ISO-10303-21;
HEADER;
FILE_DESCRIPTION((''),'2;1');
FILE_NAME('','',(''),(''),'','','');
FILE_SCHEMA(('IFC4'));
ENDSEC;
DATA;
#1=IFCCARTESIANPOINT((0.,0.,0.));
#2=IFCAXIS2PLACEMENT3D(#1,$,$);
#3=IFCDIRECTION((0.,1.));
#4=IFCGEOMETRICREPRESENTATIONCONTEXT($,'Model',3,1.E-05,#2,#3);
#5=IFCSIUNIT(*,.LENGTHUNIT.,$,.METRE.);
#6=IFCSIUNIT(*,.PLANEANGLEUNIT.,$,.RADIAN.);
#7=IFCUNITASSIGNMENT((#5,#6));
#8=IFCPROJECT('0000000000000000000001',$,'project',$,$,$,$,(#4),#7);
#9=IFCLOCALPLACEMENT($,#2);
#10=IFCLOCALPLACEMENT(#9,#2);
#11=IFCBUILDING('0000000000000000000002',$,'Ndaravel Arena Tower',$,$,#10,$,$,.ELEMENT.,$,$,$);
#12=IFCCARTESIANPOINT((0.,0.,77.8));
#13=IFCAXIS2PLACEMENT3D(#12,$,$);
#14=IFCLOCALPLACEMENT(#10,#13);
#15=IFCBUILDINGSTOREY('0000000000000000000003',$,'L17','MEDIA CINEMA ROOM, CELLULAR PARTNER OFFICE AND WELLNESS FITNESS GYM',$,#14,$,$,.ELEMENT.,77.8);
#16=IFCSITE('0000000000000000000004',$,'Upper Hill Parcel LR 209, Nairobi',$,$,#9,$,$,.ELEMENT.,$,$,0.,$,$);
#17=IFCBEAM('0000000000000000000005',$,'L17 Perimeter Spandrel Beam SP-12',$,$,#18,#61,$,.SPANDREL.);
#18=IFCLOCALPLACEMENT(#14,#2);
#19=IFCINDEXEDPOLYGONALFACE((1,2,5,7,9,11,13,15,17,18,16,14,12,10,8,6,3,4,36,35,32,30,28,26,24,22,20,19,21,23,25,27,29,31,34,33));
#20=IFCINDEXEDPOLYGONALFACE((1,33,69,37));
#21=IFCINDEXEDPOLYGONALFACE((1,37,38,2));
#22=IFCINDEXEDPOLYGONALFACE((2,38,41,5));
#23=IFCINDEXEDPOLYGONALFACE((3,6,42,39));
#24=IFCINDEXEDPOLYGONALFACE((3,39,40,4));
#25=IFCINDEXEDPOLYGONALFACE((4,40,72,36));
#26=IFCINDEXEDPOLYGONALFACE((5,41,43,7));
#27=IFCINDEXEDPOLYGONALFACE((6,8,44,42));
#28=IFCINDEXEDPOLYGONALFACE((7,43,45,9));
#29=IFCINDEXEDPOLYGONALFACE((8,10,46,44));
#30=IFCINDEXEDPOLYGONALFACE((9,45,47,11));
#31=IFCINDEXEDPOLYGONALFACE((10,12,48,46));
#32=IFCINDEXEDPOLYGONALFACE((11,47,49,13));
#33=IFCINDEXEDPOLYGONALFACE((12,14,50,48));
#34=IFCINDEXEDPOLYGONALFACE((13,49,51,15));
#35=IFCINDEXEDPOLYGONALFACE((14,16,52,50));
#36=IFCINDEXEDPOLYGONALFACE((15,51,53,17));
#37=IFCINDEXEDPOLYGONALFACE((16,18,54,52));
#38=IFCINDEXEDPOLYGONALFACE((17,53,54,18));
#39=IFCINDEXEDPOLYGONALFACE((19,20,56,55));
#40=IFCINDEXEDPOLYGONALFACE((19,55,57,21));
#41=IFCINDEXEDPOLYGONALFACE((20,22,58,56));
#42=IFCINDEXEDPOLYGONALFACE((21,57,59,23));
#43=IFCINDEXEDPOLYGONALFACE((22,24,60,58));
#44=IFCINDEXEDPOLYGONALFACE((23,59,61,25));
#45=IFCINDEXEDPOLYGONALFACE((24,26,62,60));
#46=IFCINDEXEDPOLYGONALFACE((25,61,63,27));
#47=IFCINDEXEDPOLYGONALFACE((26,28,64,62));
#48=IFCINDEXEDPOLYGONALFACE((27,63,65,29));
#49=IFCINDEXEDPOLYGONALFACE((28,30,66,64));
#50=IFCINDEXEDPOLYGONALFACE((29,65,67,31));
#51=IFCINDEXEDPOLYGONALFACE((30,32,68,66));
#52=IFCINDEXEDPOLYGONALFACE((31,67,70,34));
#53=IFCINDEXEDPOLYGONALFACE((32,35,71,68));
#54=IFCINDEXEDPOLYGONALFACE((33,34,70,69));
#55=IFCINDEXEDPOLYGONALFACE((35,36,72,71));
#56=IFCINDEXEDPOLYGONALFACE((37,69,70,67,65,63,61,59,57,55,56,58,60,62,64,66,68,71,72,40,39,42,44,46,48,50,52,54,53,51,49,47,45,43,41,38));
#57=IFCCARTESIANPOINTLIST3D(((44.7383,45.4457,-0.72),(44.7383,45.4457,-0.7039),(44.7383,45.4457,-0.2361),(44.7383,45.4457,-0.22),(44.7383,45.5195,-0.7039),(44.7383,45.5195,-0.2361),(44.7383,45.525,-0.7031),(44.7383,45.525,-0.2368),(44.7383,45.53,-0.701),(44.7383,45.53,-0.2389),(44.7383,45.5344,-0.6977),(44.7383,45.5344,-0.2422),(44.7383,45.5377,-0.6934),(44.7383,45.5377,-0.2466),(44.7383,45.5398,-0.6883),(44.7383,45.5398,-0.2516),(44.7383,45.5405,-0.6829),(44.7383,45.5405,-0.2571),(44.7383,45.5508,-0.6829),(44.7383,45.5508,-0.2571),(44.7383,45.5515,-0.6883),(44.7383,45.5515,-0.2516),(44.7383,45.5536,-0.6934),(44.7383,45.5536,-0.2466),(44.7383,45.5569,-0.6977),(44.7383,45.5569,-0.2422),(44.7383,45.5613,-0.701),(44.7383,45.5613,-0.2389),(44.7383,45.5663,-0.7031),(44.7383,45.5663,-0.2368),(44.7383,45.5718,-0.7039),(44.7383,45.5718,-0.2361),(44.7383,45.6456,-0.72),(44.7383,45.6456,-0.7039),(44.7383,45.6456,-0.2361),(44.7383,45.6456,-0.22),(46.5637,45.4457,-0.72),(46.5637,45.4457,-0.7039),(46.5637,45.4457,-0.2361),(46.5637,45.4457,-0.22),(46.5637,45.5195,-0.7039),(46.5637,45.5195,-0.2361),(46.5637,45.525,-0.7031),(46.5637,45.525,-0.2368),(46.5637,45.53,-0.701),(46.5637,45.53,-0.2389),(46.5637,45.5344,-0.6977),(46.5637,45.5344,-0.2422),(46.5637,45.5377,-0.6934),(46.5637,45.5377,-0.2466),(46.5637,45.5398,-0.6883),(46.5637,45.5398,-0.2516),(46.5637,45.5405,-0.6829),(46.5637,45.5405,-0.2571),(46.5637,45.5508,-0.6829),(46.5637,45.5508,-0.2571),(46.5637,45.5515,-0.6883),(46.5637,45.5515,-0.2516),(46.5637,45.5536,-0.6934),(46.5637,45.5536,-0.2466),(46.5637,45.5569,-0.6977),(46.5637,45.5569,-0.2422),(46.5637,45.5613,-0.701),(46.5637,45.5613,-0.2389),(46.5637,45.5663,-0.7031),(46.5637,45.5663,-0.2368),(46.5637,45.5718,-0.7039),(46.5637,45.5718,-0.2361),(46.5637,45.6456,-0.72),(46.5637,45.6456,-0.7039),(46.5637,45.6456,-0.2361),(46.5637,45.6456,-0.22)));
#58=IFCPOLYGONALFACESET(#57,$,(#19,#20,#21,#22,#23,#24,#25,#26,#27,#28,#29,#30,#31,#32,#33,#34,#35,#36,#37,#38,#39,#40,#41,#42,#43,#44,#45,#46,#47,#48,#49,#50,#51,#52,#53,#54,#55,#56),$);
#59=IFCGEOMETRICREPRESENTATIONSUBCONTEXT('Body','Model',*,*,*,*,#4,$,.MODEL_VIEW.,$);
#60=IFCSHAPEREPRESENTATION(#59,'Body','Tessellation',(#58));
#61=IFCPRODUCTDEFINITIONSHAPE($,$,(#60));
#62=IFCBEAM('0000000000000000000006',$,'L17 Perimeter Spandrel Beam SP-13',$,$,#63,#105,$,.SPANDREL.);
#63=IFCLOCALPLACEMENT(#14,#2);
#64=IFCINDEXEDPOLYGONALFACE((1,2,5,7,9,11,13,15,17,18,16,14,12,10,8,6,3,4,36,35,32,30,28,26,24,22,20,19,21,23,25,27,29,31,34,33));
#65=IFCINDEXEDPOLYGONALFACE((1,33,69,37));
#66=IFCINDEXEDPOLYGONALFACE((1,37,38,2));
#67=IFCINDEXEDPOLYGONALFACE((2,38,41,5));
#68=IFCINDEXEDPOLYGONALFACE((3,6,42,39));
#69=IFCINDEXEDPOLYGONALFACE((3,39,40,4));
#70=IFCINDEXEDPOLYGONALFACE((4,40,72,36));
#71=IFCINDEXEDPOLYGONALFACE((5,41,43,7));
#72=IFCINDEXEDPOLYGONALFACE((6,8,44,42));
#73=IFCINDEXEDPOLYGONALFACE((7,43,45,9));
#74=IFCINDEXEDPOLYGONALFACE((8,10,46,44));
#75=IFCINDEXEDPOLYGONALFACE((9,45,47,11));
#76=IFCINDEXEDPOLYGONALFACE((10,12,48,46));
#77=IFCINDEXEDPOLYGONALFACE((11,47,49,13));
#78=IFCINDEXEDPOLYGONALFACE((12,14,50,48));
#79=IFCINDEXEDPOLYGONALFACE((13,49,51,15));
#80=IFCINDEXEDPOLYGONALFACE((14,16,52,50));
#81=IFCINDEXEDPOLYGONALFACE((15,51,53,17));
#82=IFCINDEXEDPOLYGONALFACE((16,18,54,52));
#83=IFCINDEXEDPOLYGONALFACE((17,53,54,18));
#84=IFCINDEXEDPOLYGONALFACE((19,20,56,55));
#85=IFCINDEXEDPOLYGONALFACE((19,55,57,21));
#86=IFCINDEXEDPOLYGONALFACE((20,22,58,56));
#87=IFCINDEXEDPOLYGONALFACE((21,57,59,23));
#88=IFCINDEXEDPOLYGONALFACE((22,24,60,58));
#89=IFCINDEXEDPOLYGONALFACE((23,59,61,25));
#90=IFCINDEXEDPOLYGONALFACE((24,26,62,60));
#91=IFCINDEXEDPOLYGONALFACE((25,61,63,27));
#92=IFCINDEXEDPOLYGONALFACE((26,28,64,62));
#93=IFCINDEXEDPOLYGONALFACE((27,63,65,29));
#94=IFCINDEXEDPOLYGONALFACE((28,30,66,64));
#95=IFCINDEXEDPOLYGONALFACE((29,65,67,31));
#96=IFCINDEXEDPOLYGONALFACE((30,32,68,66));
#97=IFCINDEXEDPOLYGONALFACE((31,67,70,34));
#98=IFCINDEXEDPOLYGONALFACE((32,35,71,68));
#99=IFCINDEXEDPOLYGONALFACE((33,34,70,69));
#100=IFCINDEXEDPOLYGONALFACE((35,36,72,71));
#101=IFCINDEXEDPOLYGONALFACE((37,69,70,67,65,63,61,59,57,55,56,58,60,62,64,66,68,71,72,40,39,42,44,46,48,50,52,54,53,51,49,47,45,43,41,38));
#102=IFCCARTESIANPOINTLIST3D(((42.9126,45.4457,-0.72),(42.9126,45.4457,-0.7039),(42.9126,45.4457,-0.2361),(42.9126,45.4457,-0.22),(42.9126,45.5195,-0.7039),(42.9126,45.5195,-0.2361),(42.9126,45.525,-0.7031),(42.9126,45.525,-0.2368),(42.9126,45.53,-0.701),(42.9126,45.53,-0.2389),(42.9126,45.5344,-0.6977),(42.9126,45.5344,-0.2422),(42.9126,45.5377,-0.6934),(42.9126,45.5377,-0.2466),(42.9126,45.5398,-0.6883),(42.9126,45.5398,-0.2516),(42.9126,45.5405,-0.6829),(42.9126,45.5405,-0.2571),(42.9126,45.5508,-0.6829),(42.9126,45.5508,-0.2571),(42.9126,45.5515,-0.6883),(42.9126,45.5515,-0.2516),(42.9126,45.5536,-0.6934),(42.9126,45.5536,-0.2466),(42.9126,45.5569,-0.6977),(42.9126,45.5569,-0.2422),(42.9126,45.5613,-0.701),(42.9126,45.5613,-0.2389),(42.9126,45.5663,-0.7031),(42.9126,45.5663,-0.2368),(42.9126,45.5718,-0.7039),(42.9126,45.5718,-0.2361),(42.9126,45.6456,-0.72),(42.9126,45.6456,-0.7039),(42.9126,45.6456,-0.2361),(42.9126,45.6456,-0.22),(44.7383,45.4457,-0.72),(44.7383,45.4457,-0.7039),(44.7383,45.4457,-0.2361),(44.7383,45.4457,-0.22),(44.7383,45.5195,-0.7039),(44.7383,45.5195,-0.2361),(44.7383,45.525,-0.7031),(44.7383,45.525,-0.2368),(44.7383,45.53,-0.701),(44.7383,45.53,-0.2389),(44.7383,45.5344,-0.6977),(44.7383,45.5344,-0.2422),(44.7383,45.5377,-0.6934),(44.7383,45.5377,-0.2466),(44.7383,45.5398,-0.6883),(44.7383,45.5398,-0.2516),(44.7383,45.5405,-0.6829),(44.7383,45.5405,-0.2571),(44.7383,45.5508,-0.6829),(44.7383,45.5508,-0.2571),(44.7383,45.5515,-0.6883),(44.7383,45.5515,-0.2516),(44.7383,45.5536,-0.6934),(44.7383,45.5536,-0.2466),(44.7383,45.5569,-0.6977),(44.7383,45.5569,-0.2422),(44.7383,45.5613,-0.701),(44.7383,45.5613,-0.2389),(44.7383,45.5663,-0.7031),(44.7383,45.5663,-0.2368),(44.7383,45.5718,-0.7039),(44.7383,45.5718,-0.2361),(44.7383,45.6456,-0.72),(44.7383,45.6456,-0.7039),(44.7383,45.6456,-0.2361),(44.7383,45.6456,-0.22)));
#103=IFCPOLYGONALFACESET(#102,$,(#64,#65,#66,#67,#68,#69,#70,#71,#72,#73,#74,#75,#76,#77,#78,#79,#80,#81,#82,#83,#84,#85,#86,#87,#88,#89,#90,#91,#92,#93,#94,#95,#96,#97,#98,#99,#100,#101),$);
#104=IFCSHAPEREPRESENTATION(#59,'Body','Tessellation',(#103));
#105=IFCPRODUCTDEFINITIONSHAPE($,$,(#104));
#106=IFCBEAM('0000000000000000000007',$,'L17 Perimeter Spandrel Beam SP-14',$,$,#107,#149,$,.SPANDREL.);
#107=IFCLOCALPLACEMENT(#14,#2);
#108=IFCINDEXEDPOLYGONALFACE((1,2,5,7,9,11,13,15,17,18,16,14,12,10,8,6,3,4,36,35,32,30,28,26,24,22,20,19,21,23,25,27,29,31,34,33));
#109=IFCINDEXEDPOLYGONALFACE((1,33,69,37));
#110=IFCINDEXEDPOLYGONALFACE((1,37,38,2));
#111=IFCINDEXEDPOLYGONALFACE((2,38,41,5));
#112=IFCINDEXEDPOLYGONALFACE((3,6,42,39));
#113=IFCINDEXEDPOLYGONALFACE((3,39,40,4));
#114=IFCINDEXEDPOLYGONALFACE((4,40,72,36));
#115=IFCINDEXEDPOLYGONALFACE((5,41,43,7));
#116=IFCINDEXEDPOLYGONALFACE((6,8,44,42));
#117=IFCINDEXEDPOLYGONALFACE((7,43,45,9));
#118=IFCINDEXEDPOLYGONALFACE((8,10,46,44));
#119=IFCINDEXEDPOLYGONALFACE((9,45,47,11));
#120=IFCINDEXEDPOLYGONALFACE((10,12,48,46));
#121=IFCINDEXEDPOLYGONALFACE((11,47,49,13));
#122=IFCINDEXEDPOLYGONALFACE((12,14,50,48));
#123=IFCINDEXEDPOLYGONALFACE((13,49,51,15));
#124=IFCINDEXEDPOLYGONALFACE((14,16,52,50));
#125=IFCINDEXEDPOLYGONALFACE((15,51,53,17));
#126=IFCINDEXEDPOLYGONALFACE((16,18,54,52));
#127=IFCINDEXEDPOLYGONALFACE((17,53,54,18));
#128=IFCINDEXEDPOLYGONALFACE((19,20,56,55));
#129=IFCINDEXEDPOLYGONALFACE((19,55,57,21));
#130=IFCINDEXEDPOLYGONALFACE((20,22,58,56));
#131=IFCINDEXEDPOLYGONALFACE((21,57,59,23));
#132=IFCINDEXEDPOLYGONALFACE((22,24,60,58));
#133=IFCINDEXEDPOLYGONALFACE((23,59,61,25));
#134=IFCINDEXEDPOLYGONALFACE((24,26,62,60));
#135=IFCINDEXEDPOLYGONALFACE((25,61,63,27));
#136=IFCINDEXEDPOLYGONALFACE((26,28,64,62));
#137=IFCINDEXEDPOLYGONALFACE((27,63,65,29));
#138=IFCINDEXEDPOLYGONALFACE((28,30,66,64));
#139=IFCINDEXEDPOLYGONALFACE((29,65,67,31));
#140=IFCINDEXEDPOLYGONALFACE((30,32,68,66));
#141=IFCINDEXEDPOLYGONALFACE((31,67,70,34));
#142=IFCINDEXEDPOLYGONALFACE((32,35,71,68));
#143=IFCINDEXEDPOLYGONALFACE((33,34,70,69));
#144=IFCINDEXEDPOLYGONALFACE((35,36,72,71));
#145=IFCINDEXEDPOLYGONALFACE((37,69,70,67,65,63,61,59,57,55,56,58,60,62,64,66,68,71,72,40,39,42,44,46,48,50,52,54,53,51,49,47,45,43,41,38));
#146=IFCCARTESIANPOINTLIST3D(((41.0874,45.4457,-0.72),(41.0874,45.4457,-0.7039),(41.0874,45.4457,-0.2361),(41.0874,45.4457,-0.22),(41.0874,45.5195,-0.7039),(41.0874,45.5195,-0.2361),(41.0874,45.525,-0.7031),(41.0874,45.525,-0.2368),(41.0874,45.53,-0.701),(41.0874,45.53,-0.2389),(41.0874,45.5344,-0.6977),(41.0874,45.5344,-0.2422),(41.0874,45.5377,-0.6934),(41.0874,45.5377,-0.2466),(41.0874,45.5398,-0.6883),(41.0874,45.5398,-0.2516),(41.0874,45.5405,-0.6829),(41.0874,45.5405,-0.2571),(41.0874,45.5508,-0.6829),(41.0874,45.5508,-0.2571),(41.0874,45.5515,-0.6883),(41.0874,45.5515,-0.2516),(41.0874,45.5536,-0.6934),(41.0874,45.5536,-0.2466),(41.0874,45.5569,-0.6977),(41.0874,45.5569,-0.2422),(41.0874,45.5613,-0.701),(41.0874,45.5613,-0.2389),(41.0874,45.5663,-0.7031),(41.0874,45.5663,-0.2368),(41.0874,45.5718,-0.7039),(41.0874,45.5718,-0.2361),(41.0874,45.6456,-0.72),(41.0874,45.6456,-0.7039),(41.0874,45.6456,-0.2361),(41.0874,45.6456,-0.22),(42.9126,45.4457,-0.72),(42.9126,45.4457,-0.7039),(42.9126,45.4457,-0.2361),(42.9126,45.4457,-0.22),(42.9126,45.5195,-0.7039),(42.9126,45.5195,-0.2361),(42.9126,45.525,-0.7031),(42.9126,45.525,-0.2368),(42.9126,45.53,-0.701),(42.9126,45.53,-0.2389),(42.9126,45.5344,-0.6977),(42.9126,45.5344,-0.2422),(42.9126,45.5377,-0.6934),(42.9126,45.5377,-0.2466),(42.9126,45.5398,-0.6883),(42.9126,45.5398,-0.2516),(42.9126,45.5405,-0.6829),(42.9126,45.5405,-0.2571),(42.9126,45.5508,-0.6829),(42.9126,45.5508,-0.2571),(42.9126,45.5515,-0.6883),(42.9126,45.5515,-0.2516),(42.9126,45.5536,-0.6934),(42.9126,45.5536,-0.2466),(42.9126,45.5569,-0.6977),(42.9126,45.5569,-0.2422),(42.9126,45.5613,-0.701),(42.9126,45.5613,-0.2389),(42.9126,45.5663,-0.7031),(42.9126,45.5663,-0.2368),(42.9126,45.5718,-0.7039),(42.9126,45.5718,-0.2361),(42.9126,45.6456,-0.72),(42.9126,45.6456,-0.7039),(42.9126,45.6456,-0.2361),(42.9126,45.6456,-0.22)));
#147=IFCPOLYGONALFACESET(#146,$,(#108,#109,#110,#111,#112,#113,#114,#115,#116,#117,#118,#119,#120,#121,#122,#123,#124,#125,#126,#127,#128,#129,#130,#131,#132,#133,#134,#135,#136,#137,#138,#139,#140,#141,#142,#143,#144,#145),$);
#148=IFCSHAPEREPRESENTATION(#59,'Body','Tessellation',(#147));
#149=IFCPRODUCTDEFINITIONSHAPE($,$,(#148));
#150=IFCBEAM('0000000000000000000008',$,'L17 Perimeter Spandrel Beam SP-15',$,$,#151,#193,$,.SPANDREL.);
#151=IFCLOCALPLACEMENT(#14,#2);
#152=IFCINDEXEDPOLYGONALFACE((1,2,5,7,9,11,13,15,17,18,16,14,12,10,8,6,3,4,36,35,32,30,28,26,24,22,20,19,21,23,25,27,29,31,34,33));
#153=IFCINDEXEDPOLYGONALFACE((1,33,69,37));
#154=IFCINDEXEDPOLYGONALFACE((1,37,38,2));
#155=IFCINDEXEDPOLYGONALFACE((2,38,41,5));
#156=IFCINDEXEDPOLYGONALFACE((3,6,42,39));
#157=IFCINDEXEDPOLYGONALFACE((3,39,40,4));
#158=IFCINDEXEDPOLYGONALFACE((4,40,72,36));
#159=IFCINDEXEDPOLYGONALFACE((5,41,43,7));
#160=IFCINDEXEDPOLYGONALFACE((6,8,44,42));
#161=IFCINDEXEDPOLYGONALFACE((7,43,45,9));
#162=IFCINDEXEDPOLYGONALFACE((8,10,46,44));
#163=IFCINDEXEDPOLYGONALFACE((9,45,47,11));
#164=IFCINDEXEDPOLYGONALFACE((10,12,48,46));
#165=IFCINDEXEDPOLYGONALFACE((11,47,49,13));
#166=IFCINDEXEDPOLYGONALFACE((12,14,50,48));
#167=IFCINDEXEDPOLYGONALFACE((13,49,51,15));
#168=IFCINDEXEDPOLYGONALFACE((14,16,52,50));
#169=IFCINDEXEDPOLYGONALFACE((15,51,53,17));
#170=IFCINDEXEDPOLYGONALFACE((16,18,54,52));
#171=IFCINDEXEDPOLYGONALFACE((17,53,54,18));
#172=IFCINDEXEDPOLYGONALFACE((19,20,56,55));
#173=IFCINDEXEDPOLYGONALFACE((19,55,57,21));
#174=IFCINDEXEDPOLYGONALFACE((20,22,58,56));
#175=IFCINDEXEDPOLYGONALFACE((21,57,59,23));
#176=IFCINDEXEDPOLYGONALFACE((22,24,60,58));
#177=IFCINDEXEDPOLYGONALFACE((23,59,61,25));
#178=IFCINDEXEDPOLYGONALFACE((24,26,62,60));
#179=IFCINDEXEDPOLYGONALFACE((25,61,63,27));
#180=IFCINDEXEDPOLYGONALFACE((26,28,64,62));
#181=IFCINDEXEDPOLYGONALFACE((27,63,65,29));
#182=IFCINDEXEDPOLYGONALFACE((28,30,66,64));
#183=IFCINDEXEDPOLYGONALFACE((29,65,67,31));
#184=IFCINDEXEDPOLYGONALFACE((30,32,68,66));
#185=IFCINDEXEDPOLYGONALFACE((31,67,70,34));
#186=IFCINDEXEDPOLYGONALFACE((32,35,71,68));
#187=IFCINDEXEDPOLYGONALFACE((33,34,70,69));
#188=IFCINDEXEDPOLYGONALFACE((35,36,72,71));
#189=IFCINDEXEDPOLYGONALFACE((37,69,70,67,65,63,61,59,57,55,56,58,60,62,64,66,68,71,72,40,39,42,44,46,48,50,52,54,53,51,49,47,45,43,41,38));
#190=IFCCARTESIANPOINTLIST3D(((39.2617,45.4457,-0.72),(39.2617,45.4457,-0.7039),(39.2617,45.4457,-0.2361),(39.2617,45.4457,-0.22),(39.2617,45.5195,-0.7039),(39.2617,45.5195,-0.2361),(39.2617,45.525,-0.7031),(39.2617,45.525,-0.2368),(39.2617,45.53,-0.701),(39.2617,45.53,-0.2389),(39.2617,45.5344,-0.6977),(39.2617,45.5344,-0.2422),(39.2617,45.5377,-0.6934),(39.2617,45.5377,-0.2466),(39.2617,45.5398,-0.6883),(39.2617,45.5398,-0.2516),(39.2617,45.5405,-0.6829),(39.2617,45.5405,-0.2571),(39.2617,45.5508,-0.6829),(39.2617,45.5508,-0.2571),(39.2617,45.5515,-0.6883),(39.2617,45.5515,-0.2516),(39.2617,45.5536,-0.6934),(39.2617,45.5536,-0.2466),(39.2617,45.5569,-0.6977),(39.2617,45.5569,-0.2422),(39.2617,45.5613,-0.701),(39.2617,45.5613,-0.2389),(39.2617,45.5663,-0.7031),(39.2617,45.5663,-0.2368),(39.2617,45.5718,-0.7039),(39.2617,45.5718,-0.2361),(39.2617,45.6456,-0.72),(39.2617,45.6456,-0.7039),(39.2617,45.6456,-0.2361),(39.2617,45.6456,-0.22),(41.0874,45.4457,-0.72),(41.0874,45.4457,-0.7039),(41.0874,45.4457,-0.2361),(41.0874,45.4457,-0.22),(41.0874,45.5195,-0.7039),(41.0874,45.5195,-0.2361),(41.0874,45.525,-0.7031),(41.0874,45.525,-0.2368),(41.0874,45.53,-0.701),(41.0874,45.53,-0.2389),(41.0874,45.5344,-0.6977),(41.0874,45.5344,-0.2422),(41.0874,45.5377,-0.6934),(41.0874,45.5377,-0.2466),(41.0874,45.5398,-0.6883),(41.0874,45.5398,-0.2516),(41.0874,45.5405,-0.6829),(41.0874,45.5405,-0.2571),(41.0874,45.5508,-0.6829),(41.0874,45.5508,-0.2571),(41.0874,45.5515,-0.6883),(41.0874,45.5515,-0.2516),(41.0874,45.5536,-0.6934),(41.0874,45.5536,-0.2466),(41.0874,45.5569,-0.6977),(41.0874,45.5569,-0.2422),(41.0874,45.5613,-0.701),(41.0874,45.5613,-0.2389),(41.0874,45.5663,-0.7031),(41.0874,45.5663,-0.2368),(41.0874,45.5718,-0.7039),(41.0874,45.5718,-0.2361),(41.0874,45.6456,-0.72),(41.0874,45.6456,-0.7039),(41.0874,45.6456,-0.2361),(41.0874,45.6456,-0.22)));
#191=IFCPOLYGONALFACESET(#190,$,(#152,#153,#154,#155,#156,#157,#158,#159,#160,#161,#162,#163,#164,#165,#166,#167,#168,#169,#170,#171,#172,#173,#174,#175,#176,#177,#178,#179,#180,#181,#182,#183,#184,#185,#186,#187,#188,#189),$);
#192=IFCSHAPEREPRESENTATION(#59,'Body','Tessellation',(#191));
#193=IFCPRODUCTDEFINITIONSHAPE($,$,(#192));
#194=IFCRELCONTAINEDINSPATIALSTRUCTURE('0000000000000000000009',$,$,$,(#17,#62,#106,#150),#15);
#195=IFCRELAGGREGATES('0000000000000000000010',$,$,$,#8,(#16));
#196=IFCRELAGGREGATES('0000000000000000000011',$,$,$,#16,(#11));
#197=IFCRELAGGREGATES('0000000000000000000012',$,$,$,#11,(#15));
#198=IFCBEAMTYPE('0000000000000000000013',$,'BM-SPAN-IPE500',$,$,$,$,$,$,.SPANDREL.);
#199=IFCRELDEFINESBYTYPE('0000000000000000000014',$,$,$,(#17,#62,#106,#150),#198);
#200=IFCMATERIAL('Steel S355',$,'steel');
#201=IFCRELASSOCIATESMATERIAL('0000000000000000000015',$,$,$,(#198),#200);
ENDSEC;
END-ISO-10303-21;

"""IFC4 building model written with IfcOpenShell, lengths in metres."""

from ifc_helpers import new_model, si_unit, direction, frame, origin, origin_2d, place, context, subcontext, project, spatial, i_section, extrude, material, material_profile, profile_set, type_object, element, save


model = new_model("IFC4")

# Units and contexts
model_context = context("Model", 3, precision=1e-05, world=origin(), true_north=direction((0.0, 1.0)))
body_context = subcontext(model_context, "Body", "Model", "MODEL_VIEW")
ifc_project = project(units=[si_unit("LENGTHUNIT", "METRE"), si_unit("PLANEANGLEUNIT", "RADIAN")], contexts=[model_context])

# Site, building, storey
site_placement = place(None, origin())
site = spatial("IfcSite", under=ifc_project, at=site_placement, Name="Upper Hill Parcel LR 209, Nairobi", CompositionType="ELEMENT", RefElevation=0.0)
building_placement = place(site_placement, origin())
building = spatial("IfcBuilding", under=site, at=building_placement, Name="Ndaravel Arena Tower", CompositionType="ELEMENT")
storey_placement = place(building_placement, frame((0.0, 0.0, 77.8)))
storey = spatial("IfcBuildingStorey", under=building, at=storey_placement, Name="L17", Description="MEDIA CINEMA ROOM, CELLULAR PARTNER OFFICE AND WELLNESS FITNESS GYM", CompositionType="ELEMENT", Elevation=77.8)

# Beams
ifc_material_1 = material(Name="Steel S355", Category="steel")
ifc_material_profile_1 = material_profile(ifc_material_1, i_section(OverallWidth=0.2, OverallDepth=0.5, WebThickness=0.0103, FlangeThickness=0.0161, FilletRadius=0.021, at=origin_2d()), Name="IPE 500")
ifc_profile_set_1 = profile_set([ifc_material_profile_1], Name="Steel S355")
beam_type_1 = type_object("IfcBeamType", Name="BM-SPAN-IPE500", PredefinedType="SPANDREL", material=ifc_profile_set_1)
for number, where, z_axis, x_axis, name in (
    (1, (46.5637, 45.5457, -0.47), (-1.0, 0.0, 0.0), (0.0, -1.0, 0.0), "L17 Perimeter Spandrel Beam SP-12"),
):
    element("IfcBeam", number, at=place(storey_placement, frame(where, z_axis=z_axis, x_axis=x_axis)), inside=storey, type_object=beam_type_1, Name=name, PredefinedType="SPANDREL", context=body_context, shape_type="SweptSolid", body=[
        extrude(i_section(OverallWidth=0.2, OverallDepth=0.5, WebThickness=0.0103, FlangeThickness=0.0161, FilletRadius=0.021, at=origin_2d()), origin(), (0.0, 0.0, 1.0), 1.8254),
    ])
beam_1_placement = place(storey_placement, frame((44.7383, 45.5457, -0.47), z_axis=(-1.0, 0.0, 0.0), x_axis=(0.0, -1.0, 0.0)))
element("IfcBeam", 2, at=beam_1_placement, inside=storey, type_object=beam_type_1, Name="L17 Perimeter Spandrel Beam SP-13", PredefinedType="SPANDREL", context=body_context, shape_type="SweptSolid", body=[
    extrude(i_section(OverallWidth=0.2, OverallDepth=0.5, WebThickness=0.0103, FlangeThickness=0.0161, FilletRadius=0.021, at=origin_2d()), origin(), (0.0, 0.0, 1.0), 1.8257),
])
beam_2_placement = place(storey_placement, frame((42.9126, 45.5457, -0.47), z_axis=(-1.0, 0.0, 0.0), x_axis=(0.0, -1.0, 0.0)))
element("IfcBeam", 3, at=beam_2_placement, inside=storey, type_object=beam_type_1, Name="L17 Perimeter Spandrel Beam SP-14", PredefinedType="SPANDREL", context=body_context, shape_type="SweptSolid", body=[
    extrude(i_section(OverallWidth=0.2, OverallDepth=0.5, WebThickness=0.0103, FlangeThickness=0.0161, FilletRadius=0.021, at=origin_2d()), origin(), (0.0, 0.0, 1.0), 1.8252),
])
beam_3_placement = place(storey_placement, frame((41.0874, 45.5457, -0.47), z_axis=(-1.0, 0.0, 0.0), x_axis=(0.0, -1.0, 0.0)))
element("IfcBeam", 4, at=beam_3_placement, inside=storey, type_object=beam_type_1, Name="L17 Perimeter Spandrel Beam SP-15", PredefinedType="SPANDREL", context=body_context, shape_type="SweptSolid", body=[
    extrude(i_section(OverallWidth=0.2, OverallDepth=0.5, WebThickness=0.0103, FlangeThickness=0.0161, FilletRadius=0.021, at=origin_2d()), origin(), (0.0, 0.0, 1.0), 1.8257),
])

save(model, "model.ifc")
